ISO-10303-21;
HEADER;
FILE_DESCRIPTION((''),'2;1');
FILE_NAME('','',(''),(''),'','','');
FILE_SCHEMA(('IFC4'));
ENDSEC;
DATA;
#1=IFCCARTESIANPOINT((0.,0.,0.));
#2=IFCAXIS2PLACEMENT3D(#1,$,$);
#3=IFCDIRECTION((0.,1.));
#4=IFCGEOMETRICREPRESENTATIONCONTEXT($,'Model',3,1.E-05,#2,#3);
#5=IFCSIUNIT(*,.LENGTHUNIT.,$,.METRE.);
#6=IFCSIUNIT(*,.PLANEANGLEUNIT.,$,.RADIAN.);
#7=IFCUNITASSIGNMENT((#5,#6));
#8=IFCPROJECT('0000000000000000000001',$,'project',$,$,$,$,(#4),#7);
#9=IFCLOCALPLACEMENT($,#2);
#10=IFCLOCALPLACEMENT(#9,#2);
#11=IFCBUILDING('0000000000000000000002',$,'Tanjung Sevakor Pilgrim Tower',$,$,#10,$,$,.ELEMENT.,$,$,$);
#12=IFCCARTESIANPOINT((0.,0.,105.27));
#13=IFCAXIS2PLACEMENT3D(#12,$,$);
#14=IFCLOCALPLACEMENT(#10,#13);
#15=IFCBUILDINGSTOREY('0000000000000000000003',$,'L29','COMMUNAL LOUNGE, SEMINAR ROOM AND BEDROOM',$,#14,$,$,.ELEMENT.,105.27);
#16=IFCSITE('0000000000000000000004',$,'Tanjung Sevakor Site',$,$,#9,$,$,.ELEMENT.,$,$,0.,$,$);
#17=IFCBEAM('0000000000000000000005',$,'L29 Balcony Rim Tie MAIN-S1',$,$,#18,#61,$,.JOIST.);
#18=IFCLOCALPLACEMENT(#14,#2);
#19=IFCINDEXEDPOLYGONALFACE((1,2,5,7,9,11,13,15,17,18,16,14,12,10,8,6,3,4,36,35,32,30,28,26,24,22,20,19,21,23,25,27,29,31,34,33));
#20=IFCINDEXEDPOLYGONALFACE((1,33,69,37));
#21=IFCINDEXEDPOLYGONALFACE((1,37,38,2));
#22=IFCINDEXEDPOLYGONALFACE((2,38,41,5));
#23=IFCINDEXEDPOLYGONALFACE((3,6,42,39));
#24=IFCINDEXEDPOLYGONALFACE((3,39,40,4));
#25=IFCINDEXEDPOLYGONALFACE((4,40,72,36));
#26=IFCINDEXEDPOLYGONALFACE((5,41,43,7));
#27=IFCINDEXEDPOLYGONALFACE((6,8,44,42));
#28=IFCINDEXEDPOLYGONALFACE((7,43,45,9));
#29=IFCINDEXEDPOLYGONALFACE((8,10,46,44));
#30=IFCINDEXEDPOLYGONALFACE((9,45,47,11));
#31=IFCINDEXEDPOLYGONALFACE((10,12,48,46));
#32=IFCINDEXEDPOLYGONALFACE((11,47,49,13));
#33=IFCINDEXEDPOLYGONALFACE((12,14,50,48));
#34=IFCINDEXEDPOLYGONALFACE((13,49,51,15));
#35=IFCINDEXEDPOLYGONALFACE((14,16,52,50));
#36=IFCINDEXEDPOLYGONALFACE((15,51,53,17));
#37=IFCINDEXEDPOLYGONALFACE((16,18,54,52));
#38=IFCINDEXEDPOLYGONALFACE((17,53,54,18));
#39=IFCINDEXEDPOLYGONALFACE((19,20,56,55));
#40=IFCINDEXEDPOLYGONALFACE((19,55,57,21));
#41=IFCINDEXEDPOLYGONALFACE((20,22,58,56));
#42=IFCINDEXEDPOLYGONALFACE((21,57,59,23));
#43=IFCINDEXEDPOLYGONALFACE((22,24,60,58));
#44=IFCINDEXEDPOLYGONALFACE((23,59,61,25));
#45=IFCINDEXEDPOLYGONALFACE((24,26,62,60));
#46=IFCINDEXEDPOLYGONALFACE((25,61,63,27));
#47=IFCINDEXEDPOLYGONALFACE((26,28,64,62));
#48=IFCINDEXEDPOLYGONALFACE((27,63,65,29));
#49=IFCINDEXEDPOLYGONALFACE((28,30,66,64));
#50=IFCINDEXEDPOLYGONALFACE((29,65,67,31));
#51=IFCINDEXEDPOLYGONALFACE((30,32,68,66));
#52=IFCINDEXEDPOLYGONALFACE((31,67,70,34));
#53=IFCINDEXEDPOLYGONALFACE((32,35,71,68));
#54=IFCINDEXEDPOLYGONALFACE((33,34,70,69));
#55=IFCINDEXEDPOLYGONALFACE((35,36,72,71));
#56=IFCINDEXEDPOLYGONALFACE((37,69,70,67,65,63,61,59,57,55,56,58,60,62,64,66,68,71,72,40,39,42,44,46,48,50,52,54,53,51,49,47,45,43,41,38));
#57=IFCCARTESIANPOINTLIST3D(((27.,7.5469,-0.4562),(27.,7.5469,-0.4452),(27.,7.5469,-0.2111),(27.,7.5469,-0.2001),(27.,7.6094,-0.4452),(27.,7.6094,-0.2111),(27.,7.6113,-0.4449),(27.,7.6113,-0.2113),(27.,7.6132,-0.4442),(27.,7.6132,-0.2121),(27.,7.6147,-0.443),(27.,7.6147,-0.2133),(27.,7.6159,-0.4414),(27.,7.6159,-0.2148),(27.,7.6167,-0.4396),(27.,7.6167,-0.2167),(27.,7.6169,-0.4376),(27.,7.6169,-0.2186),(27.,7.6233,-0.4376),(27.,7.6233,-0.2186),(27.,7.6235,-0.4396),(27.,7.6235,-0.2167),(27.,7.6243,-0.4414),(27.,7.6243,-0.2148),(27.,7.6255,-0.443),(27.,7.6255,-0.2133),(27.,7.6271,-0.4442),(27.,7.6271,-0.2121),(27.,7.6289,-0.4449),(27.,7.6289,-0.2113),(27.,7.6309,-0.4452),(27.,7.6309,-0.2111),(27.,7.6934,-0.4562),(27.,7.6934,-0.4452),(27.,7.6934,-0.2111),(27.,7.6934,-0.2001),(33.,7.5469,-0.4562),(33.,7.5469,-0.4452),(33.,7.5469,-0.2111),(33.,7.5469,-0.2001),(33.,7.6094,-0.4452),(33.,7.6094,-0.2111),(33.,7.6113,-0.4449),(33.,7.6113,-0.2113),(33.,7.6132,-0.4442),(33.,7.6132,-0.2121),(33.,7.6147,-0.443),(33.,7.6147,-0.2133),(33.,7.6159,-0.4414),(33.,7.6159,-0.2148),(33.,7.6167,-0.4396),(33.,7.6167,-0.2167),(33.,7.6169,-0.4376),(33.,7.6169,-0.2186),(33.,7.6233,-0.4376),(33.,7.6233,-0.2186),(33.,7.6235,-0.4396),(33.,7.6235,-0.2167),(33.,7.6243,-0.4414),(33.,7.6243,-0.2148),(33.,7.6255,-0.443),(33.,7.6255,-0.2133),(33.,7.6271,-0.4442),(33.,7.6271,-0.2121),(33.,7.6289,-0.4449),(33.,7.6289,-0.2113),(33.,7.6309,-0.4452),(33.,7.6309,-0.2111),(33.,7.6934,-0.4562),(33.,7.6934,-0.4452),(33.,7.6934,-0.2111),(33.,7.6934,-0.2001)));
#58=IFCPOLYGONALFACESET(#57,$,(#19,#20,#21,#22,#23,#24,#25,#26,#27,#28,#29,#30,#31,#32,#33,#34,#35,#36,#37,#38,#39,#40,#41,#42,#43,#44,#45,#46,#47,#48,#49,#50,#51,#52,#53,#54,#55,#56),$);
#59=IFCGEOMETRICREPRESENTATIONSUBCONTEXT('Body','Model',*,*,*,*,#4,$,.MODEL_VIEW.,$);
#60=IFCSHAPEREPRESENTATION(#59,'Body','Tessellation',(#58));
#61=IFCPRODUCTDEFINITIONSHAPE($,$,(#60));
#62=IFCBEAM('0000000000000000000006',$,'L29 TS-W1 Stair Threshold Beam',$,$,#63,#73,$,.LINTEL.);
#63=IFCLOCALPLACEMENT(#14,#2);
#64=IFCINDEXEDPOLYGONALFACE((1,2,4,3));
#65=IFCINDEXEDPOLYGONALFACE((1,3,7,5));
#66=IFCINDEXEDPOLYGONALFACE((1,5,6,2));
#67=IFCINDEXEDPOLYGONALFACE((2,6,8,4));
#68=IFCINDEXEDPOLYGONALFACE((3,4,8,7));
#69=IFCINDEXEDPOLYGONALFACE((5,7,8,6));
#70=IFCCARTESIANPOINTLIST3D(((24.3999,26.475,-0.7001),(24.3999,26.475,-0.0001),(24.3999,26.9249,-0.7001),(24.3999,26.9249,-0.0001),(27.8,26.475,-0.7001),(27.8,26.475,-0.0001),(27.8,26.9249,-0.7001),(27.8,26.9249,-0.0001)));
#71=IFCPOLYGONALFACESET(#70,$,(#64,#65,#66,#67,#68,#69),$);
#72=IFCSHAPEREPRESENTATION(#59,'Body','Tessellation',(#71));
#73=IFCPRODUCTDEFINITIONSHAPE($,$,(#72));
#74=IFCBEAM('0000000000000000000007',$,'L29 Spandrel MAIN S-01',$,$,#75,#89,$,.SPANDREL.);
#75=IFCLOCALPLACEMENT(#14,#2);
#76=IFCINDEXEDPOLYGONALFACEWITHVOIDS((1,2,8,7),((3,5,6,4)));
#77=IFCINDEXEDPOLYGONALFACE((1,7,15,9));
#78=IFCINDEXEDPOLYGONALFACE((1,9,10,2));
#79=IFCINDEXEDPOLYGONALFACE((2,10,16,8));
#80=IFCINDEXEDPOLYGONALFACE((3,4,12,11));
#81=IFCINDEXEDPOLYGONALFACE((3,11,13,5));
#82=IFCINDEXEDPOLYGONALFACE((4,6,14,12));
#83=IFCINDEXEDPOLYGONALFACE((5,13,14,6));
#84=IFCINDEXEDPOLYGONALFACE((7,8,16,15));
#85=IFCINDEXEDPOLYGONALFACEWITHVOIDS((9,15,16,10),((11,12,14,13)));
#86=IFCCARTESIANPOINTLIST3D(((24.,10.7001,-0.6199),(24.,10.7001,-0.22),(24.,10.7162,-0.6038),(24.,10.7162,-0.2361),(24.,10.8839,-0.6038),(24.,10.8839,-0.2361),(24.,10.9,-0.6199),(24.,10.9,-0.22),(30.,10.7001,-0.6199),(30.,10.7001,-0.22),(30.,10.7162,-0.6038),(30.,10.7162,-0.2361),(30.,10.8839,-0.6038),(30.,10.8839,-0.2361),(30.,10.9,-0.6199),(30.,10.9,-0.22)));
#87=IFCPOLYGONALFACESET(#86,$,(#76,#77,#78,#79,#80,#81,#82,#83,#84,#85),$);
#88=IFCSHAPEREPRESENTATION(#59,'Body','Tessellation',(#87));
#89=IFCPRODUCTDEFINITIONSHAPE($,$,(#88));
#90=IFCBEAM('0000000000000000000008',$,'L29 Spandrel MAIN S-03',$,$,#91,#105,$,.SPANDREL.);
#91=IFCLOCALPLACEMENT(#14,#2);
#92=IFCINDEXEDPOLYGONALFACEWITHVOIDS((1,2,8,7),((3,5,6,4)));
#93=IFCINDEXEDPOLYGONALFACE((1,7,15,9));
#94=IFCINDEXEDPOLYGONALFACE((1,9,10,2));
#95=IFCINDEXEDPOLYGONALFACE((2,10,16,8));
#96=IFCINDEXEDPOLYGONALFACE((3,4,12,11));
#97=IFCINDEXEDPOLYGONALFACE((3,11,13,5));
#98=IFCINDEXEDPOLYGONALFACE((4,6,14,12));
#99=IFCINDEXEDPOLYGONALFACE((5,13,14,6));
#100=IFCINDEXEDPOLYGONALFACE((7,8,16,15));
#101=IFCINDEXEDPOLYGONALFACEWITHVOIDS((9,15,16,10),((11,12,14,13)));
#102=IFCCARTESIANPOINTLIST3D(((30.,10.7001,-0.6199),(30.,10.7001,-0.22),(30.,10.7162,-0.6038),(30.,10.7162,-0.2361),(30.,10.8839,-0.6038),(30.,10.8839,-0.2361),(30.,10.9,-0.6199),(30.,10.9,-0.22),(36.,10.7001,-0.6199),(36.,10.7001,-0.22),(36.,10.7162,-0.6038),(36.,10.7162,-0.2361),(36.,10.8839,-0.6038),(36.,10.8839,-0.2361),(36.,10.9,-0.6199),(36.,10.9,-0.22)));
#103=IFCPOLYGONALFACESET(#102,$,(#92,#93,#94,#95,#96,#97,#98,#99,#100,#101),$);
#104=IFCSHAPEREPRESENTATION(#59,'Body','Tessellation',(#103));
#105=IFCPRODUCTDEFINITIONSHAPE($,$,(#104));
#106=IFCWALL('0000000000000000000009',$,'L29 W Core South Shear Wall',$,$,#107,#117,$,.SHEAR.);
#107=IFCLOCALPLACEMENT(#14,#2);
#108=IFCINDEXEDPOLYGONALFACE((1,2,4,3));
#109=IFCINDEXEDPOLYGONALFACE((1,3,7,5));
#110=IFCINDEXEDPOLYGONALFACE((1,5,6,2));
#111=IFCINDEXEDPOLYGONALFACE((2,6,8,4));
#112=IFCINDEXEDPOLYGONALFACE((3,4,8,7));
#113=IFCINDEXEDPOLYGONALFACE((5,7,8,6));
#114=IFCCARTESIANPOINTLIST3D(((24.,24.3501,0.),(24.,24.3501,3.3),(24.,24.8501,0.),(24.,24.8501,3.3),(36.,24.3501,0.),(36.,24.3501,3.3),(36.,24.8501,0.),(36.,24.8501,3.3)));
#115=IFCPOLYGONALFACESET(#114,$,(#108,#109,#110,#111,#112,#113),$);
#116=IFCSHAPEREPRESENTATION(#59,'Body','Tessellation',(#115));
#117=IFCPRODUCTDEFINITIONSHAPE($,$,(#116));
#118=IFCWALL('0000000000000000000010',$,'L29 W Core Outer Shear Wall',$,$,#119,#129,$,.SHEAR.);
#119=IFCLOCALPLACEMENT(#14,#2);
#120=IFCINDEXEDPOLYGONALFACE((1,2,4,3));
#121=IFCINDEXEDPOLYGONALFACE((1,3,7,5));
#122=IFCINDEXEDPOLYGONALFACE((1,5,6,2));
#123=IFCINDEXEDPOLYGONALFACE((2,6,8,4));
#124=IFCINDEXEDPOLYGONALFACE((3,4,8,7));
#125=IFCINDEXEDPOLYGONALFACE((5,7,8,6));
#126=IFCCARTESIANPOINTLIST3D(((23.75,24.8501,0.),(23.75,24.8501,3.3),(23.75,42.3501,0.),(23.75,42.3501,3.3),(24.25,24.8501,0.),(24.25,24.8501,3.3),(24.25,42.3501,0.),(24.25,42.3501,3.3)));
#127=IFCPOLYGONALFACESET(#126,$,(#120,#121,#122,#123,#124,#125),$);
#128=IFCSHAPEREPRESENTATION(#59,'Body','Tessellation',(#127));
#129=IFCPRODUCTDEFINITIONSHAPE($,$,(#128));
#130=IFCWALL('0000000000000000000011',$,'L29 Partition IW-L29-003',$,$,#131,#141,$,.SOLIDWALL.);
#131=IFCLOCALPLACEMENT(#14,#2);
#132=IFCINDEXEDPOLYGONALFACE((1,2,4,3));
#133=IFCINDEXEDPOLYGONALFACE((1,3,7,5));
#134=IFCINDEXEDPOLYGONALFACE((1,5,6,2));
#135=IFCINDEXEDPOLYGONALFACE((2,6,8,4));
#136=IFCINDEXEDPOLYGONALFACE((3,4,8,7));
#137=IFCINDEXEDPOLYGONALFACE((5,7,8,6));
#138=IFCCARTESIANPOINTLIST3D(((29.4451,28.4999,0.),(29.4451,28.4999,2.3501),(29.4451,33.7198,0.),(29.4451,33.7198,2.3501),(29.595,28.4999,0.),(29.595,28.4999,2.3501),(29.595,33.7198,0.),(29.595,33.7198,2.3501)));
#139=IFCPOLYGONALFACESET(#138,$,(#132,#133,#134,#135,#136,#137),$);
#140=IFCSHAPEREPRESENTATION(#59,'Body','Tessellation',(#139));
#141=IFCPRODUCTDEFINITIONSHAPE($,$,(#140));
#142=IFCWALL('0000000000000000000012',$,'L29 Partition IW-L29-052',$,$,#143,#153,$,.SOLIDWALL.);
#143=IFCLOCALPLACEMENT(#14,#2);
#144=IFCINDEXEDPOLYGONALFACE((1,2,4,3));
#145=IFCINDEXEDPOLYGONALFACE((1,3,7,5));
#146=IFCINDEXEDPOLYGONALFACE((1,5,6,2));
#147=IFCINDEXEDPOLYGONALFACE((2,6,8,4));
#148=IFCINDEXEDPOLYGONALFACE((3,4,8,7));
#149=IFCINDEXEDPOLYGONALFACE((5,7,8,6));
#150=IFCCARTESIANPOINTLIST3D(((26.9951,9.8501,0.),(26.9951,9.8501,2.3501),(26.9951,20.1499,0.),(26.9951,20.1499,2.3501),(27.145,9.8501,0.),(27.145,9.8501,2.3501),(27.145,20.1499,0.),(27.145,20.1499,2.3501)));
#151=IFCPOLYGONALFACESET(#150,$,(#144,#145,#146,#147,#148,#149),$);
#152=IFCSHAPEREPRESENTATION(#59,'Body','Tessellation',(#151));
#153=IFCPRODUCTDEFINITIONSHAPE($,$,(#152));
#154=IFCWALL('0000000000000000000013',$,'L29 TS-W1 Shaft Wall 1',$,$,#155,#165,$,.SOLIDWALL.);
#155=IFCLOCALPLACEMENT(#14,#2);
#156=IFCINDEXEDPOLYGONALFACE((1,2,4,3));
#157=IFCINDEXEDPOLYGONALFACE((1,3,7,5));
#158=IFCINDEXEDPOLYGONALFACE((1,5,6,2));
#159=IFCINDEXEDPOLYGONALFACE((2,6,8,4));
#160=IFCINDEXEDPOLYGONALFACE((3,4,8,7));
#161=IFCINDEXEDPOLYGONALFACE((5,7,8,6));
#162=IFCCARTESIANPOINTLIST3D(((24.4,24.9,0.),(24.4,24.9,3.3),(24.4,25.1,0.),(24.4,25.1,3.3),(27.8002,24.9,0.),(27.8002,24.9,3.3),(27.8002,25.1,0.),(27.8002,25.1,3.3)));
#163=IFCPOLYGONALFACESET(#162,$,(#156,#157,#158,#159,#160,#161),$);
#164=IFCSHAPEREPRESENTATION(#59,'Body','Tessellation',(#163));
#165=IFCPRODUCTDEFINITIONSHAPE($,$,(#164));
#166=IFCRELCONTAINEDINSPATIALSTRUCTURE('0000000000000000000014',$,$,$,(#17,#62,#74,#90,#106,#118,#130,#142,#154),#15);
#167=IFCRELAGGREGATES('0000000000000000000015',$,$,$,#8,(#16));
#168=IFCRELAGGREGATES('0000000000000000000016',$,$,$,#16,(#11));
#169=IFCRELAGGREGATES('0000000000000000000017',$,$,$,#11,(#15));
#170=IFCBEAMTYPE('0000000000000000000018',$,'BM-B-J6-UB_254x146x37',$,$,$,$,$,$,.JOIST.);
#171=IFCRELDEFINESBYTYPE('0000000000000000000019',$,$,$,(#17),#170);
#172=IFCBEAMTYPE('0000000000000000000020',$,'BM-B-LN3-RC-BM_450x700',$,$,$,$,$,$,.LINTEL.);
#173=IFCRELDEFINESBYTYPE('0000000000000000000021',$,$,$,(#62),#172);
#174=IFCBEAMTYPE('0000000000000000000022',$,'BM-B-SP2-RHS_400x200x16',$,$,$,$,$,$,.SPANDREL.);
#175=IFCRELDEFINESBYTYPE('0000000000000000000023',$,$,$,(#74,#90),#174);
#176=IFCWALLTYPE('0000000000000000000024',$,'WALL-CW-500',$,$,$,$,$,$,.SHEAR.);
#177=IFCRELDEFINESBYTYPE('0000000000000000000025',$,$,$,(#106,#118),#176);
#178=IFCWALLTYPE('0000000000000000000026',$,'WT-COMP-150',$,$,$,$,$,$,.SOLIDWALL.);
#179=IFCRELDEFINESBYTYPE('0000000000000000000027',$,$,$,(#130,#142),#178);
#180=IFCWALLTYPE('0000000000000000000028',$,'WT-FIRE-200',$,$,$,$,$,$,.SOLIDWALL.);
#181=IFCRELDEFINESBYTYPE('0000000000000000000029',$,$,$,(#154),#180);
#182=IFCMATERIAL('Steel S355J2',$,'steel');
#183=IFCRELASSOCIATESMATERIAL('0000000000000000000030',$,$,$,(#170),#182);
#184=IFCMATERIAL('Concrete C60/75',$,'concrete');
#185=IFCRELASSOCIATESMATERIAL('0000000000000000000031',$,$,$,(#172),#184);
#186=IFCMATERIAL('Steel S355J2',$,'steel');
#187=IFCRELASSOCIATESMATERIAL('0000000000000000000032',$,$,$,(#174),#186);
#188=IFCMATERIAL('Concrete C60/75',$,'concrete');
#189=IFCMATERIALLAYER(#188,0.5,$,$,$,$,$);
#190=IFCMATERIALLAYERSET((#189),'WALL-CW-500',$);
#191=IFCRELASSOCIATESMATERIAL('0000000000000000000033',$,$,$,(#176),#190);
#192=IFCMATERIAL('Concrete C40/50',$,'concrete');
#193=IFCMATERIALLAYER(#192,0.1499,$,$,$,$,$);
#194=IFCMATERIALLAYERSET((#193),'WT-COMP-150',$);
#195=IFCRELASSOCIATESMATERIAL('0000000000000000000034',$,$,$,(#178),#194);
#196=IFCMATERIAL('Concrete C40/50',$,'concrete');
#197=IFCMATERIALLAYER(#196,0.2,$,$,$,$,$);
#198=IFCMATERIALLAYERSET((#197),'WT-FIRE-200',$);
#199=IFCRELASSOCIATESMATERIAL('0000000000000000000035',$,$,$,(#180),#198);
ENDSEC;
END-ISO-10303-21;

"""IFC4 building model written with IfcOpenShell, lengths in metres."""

from ifc_helpers import new_model, si_unit, direction, frame, frame_2d, origin, origin_2d, place, context, subcontext, project, spatial, rectangle, hollow_rectangle, i_section, extrude, material, layer, layer_set, material_profile, profile_set, type_object, element, save


model = new_model("IFC4")

# Units and contexts
model_context = context("Model", 3, precision=1e-05, world=origin(), true_north=direction((0.0, 1.0)))
body_context = subcontext(model_context, "Body", "Model", "MODEL_VIEW")
ifc_project = project(units=[si_unit("LENGTHUNIT", "METRE"), si_unit("PLANEANGLEUNIT", "RADIAN")], contexts=[model_context])

# Site, building, storey
site_placement = place(None, origin())
site = spatial("IfcSite", under=ifc_project, at=site_placement, Name="Tanjung Sevakor Site", CompositionType="ELEMENT", RefElevation=0.0)
building_placement = place(site_placement, origin())
building = spatial("IfcBuilding", under=site, at=building_placement, Name="Tanjung Sevakor Pilgrim Tower", CompositionType="ELEMENT")
storey_placement = place(building_placement, frame((0.0, 0.0, 105.27)))
storey = spatial("IfcBuildingStorey", under=building, at=storey_placement, Name="L29", Description="COMMUNAL LOUNGE, SEMINAR ROOM AND BEDROOM", CompositionType="ELEMENT", Elevation=105.27)

# Beams
ifc_material_1 = material(Name="Steel S355J2", Category="steel")
ifc_material_profile_1 = material_profile(ifc_material_1, i_section(OverallWidth=0.1465, OverallDepth=0.2561, WebThickness=0.0063, FlangeThickness=0.011, FilletRadius=0.0076, at=origin_2d()))
ifc_profile_set_1 = profile_set([ifc_material_profile_1], Name="Steel S355J2")
beam_type_1 = type_object("IfcBeamType", Name="BM-B-J6-UB_254x146x37", PredefinedType="JOIST", material=ifc_profile_set_1)
beam_1_placement = place(storey_placement, frame((27.0, 7.6201, -0.3281), z_axis=(1.0, 0.0, 0.0), x_axis=(0.0, 1.0, 0.0)))
element("IfcBeam", 1, at=beam_1_placement, inside=storey, type_object=beam_type_1, Name="L29 Balcony Rim Tie MAIN-S1", PredefinedType="JOIST", context=body_context, shape_type="SweptSolid", body=[
    extrude(i_section(OverallWidth=0.1465, OverallDepth=0.2561, WebThickness=0.0063, FlangeThickness=0.011, FilletRadius=0.0076, at=origin_2d()), origin(), (0.0, 0.0, 1.0), 6.0),
])
ifc_material_2 = material(Name="Concrete C60/75", Category="concrete")
ifc_material_profile_2 = material_profile(ifc_material_2, rectangle(XDim=0.45, YDim=0.7, at=origin_2d()))
ifc_profile_set_2 = profile_set([ifc_material_profile_2], Name="Concrete C60/75")
beam_type_2 = type_object("IfcBeamType", Name="BM-B-LN3-RC-BM_450x700", PredefinedType="LINTEL", material=ifc_profile_set_2)
beam_2_placement = place(storey_placement, frame((24.3999, 26.7, -0.3501), z_axis=(1.0, 0.0, 0.0), x_axis=(0.0, 1.0, 0.0)))
element("IfcBeam", 2, at=beam_2_placement, inside=storey, type_object=beam_type_2, Name="L29 TS-W1 Stair Threshold Beam", PredefinedType="LINTEL", context=body_context, shape_type="SweptSolid", body=[
    extrude(rectangle(XDim=0.45, YDim=0.7, at=origin_2d()), origin(), (0.0, 0.0, 1.0), 3.4001),
])
ifc_material_3 = material(Name="Steel S355J2", Category="steel")
ifc_material_profile_3 = material_profile(ifc_material_3, hollow_rectangle(XDim=0.2, YDim=0.3999, WallThickness=0.0161, at=origin_2d()))
ifc_profile_set_3 = profile_set([ifc_material_profile_3], Name="Steel S355J2")
beam_type_3 = type_object("IfcBeamType", Name="BM-B-SP2-RHS_400x200x16", PredefinedType="SPANDREL", material=ifc_profile_set_3)
for number, where, z_axis, x_axis, name in (
    (3, (24.0, 10.8, -0.4199), (1.0, 0.0, 0.0), (0.0, 1.0, 0.0), "L29 Spandrel MAIN S-01"),
    (4, (30.0, 10.8, -0.4199), (1.0, 0.0, 0.0), (0.0, 1.0, 0.0), "L29 Spandrel MAIN S-03"),
):
    element("IfcBeam", number, at=place(storey_placement, frame(where, z_axis=z_axis, x_axis=x_axis)), inside=storey, type_object=beam_type_3, Name=name, PredefinedType="SPANDREL", context=body_context, shape_type="SweptSolid", body=[
        extrude(hollow_rectangle(XDim=0.2, YDim=0.3999, WallThickness=0.0161, at=origin_2d()), origin(), (0.0, 0.0, 1.0), 6.0),
    ])

# Walls
ifc_material_4 = material(Name="Concrete C60/75", Category="concrete")
ifc_layer_1 = layer(ifc_material_4, 0.5)
ifc_layer_set_1 = layer_set([ifc_layer_1], Name="WALL-CW-500")
wall_type_1 = type_object("IfcWallType", Name="WALL-CW-500", PredefinedType="SHEAR", material=ifc_layer_set_1)
wall_1_placement = place(storey_placement, frame((24.0, 24.6001, 0.0), z_axis=(0.0, 0.0, 1.0), x_axis=(1.0, 0.0, 0.0)))
element("IfcWall", 5, at=wall_1_placement, inside=storey, type_object=wall_type_1, Name="L29 W Core South Shear Wall", PredefinedType="SHEAR", context=body_context, shape_type="SweptSolid", body=[
    extrude(rectangle(XDim=12.0, YDim=0.5, at=frame_2d((6.0, 0.0))), origin(), (0.0, 0.0, 1.0), 3.3),
])
wall_2_placement = place(storey_placement, frame((24.0, 24.8501, 0.0), z_axis=(0.0, 0.0, 1.0), x_axis=(0.0, 1.0, 0.0)))
element("IfcWall", 6, at=wall_2_placement, inside=storey, type_object=wall_type_1, Name="L29 W Core Outer Shear Wall", PredefinedType="SHEAR", context=body_context, shape_type="SweptSolid", body=[
    extrude(rectangle(XDim=17.5, YDim=0.5, at=frame_2d((8.75, 0.0))), origin(), (0.0, 0.0, 1.0), 3.3),
])

# Walls
ifc_material_5 = material(Name="Concrete C40/50", Category="concrete")
ifc_layer_2 = layer(ifc_material_5, 0.1499)
ifc_layer_set_2 = layer_set([ifc_layer_2], Name="WT-COMP-150")
wall_type_2 = type_object("IfcWallType", Name="WT-COMP-150", PredefinedType="SOLIDWALL", material=ifc_layer_set_2)
wall_3_placement = place(storey_placement, frame((29.52, 28.5, 0.0), z_axis=(0.0, 0.0, 1.0), x_axis=(0.0, 1.0, 0.0)))
element("IfcWall", 7, at=wall_3_placement, inside=storey, type_object=wall_type_2, Name="L29 Partition IW-L29-003", PredefinedType="SOLIDWALL", context=body_context, shape_type="SweptSolid", body=[
    extrude(rectangle(XDim=5.22, YDim=0.1499, at=frame_2d((2.6099, 0.0))), origin(), (0.0, 0.0, 1.0), 2.3501),
])
wall_4_placement = place(storey_placement, frame((27.0701, 9.8501, 0.0), z_axis=(0.0, 0.0, 1.0), x_axis=(0.0, 1.0, 0.0)))
element("IfcWall", 8, at=wall_4_placement, inside=storey, type_object=wall_type_2, Name="L29 Partition IW-L29-052", PredefinedType="SOLIDWALL", context=body_context, shape_type="SweptSolid", body=[
    extrude(rectangle(XDim=10.2998, YDim=0.1499, at=frame_2d((5.1499, 0.0))), origin(), (0.0, 0.0, 1.0), 2.3501),
])

# Wall
ifc_material_6 = material(Name="Concrete C40/50", Category="concrete")
ifc_layer_3 = layer(ifc_material_6, 0.2)
ifc_layer_set_3 = layer_set([ifc_layer_3], Name="WT-FIRE-200")
wall_type_3 = type_object("IfcWallType", Name="WT-FIRE-200", PredefinedType="SOLIDWALL", material=ifc_layer_set_3)
wall_5_placement = place(storey_placement, frame((24.3999, 25.0, 0.0), z_axis=(0.0, 0.0, 1.0), x_axis=(1.0, 0.0, 0.0)))
element("IfcWall", 9, at=wall_5_placement, inside=storey, type_object=wall_type_3, Name="L29 TS-W1 Shaft Wall 1", PredefinedType="SOLIDWALL", context=body_context, shape_type="SweptSolid", body=[
    extrude(rectangle(XDim=3.4001, YDim=0.2, at=frame_2d((1.7002, 0.0))), origin(), (0.0, 0.0, 1.0), 3.3),
])

save(model, "model.ifc")
